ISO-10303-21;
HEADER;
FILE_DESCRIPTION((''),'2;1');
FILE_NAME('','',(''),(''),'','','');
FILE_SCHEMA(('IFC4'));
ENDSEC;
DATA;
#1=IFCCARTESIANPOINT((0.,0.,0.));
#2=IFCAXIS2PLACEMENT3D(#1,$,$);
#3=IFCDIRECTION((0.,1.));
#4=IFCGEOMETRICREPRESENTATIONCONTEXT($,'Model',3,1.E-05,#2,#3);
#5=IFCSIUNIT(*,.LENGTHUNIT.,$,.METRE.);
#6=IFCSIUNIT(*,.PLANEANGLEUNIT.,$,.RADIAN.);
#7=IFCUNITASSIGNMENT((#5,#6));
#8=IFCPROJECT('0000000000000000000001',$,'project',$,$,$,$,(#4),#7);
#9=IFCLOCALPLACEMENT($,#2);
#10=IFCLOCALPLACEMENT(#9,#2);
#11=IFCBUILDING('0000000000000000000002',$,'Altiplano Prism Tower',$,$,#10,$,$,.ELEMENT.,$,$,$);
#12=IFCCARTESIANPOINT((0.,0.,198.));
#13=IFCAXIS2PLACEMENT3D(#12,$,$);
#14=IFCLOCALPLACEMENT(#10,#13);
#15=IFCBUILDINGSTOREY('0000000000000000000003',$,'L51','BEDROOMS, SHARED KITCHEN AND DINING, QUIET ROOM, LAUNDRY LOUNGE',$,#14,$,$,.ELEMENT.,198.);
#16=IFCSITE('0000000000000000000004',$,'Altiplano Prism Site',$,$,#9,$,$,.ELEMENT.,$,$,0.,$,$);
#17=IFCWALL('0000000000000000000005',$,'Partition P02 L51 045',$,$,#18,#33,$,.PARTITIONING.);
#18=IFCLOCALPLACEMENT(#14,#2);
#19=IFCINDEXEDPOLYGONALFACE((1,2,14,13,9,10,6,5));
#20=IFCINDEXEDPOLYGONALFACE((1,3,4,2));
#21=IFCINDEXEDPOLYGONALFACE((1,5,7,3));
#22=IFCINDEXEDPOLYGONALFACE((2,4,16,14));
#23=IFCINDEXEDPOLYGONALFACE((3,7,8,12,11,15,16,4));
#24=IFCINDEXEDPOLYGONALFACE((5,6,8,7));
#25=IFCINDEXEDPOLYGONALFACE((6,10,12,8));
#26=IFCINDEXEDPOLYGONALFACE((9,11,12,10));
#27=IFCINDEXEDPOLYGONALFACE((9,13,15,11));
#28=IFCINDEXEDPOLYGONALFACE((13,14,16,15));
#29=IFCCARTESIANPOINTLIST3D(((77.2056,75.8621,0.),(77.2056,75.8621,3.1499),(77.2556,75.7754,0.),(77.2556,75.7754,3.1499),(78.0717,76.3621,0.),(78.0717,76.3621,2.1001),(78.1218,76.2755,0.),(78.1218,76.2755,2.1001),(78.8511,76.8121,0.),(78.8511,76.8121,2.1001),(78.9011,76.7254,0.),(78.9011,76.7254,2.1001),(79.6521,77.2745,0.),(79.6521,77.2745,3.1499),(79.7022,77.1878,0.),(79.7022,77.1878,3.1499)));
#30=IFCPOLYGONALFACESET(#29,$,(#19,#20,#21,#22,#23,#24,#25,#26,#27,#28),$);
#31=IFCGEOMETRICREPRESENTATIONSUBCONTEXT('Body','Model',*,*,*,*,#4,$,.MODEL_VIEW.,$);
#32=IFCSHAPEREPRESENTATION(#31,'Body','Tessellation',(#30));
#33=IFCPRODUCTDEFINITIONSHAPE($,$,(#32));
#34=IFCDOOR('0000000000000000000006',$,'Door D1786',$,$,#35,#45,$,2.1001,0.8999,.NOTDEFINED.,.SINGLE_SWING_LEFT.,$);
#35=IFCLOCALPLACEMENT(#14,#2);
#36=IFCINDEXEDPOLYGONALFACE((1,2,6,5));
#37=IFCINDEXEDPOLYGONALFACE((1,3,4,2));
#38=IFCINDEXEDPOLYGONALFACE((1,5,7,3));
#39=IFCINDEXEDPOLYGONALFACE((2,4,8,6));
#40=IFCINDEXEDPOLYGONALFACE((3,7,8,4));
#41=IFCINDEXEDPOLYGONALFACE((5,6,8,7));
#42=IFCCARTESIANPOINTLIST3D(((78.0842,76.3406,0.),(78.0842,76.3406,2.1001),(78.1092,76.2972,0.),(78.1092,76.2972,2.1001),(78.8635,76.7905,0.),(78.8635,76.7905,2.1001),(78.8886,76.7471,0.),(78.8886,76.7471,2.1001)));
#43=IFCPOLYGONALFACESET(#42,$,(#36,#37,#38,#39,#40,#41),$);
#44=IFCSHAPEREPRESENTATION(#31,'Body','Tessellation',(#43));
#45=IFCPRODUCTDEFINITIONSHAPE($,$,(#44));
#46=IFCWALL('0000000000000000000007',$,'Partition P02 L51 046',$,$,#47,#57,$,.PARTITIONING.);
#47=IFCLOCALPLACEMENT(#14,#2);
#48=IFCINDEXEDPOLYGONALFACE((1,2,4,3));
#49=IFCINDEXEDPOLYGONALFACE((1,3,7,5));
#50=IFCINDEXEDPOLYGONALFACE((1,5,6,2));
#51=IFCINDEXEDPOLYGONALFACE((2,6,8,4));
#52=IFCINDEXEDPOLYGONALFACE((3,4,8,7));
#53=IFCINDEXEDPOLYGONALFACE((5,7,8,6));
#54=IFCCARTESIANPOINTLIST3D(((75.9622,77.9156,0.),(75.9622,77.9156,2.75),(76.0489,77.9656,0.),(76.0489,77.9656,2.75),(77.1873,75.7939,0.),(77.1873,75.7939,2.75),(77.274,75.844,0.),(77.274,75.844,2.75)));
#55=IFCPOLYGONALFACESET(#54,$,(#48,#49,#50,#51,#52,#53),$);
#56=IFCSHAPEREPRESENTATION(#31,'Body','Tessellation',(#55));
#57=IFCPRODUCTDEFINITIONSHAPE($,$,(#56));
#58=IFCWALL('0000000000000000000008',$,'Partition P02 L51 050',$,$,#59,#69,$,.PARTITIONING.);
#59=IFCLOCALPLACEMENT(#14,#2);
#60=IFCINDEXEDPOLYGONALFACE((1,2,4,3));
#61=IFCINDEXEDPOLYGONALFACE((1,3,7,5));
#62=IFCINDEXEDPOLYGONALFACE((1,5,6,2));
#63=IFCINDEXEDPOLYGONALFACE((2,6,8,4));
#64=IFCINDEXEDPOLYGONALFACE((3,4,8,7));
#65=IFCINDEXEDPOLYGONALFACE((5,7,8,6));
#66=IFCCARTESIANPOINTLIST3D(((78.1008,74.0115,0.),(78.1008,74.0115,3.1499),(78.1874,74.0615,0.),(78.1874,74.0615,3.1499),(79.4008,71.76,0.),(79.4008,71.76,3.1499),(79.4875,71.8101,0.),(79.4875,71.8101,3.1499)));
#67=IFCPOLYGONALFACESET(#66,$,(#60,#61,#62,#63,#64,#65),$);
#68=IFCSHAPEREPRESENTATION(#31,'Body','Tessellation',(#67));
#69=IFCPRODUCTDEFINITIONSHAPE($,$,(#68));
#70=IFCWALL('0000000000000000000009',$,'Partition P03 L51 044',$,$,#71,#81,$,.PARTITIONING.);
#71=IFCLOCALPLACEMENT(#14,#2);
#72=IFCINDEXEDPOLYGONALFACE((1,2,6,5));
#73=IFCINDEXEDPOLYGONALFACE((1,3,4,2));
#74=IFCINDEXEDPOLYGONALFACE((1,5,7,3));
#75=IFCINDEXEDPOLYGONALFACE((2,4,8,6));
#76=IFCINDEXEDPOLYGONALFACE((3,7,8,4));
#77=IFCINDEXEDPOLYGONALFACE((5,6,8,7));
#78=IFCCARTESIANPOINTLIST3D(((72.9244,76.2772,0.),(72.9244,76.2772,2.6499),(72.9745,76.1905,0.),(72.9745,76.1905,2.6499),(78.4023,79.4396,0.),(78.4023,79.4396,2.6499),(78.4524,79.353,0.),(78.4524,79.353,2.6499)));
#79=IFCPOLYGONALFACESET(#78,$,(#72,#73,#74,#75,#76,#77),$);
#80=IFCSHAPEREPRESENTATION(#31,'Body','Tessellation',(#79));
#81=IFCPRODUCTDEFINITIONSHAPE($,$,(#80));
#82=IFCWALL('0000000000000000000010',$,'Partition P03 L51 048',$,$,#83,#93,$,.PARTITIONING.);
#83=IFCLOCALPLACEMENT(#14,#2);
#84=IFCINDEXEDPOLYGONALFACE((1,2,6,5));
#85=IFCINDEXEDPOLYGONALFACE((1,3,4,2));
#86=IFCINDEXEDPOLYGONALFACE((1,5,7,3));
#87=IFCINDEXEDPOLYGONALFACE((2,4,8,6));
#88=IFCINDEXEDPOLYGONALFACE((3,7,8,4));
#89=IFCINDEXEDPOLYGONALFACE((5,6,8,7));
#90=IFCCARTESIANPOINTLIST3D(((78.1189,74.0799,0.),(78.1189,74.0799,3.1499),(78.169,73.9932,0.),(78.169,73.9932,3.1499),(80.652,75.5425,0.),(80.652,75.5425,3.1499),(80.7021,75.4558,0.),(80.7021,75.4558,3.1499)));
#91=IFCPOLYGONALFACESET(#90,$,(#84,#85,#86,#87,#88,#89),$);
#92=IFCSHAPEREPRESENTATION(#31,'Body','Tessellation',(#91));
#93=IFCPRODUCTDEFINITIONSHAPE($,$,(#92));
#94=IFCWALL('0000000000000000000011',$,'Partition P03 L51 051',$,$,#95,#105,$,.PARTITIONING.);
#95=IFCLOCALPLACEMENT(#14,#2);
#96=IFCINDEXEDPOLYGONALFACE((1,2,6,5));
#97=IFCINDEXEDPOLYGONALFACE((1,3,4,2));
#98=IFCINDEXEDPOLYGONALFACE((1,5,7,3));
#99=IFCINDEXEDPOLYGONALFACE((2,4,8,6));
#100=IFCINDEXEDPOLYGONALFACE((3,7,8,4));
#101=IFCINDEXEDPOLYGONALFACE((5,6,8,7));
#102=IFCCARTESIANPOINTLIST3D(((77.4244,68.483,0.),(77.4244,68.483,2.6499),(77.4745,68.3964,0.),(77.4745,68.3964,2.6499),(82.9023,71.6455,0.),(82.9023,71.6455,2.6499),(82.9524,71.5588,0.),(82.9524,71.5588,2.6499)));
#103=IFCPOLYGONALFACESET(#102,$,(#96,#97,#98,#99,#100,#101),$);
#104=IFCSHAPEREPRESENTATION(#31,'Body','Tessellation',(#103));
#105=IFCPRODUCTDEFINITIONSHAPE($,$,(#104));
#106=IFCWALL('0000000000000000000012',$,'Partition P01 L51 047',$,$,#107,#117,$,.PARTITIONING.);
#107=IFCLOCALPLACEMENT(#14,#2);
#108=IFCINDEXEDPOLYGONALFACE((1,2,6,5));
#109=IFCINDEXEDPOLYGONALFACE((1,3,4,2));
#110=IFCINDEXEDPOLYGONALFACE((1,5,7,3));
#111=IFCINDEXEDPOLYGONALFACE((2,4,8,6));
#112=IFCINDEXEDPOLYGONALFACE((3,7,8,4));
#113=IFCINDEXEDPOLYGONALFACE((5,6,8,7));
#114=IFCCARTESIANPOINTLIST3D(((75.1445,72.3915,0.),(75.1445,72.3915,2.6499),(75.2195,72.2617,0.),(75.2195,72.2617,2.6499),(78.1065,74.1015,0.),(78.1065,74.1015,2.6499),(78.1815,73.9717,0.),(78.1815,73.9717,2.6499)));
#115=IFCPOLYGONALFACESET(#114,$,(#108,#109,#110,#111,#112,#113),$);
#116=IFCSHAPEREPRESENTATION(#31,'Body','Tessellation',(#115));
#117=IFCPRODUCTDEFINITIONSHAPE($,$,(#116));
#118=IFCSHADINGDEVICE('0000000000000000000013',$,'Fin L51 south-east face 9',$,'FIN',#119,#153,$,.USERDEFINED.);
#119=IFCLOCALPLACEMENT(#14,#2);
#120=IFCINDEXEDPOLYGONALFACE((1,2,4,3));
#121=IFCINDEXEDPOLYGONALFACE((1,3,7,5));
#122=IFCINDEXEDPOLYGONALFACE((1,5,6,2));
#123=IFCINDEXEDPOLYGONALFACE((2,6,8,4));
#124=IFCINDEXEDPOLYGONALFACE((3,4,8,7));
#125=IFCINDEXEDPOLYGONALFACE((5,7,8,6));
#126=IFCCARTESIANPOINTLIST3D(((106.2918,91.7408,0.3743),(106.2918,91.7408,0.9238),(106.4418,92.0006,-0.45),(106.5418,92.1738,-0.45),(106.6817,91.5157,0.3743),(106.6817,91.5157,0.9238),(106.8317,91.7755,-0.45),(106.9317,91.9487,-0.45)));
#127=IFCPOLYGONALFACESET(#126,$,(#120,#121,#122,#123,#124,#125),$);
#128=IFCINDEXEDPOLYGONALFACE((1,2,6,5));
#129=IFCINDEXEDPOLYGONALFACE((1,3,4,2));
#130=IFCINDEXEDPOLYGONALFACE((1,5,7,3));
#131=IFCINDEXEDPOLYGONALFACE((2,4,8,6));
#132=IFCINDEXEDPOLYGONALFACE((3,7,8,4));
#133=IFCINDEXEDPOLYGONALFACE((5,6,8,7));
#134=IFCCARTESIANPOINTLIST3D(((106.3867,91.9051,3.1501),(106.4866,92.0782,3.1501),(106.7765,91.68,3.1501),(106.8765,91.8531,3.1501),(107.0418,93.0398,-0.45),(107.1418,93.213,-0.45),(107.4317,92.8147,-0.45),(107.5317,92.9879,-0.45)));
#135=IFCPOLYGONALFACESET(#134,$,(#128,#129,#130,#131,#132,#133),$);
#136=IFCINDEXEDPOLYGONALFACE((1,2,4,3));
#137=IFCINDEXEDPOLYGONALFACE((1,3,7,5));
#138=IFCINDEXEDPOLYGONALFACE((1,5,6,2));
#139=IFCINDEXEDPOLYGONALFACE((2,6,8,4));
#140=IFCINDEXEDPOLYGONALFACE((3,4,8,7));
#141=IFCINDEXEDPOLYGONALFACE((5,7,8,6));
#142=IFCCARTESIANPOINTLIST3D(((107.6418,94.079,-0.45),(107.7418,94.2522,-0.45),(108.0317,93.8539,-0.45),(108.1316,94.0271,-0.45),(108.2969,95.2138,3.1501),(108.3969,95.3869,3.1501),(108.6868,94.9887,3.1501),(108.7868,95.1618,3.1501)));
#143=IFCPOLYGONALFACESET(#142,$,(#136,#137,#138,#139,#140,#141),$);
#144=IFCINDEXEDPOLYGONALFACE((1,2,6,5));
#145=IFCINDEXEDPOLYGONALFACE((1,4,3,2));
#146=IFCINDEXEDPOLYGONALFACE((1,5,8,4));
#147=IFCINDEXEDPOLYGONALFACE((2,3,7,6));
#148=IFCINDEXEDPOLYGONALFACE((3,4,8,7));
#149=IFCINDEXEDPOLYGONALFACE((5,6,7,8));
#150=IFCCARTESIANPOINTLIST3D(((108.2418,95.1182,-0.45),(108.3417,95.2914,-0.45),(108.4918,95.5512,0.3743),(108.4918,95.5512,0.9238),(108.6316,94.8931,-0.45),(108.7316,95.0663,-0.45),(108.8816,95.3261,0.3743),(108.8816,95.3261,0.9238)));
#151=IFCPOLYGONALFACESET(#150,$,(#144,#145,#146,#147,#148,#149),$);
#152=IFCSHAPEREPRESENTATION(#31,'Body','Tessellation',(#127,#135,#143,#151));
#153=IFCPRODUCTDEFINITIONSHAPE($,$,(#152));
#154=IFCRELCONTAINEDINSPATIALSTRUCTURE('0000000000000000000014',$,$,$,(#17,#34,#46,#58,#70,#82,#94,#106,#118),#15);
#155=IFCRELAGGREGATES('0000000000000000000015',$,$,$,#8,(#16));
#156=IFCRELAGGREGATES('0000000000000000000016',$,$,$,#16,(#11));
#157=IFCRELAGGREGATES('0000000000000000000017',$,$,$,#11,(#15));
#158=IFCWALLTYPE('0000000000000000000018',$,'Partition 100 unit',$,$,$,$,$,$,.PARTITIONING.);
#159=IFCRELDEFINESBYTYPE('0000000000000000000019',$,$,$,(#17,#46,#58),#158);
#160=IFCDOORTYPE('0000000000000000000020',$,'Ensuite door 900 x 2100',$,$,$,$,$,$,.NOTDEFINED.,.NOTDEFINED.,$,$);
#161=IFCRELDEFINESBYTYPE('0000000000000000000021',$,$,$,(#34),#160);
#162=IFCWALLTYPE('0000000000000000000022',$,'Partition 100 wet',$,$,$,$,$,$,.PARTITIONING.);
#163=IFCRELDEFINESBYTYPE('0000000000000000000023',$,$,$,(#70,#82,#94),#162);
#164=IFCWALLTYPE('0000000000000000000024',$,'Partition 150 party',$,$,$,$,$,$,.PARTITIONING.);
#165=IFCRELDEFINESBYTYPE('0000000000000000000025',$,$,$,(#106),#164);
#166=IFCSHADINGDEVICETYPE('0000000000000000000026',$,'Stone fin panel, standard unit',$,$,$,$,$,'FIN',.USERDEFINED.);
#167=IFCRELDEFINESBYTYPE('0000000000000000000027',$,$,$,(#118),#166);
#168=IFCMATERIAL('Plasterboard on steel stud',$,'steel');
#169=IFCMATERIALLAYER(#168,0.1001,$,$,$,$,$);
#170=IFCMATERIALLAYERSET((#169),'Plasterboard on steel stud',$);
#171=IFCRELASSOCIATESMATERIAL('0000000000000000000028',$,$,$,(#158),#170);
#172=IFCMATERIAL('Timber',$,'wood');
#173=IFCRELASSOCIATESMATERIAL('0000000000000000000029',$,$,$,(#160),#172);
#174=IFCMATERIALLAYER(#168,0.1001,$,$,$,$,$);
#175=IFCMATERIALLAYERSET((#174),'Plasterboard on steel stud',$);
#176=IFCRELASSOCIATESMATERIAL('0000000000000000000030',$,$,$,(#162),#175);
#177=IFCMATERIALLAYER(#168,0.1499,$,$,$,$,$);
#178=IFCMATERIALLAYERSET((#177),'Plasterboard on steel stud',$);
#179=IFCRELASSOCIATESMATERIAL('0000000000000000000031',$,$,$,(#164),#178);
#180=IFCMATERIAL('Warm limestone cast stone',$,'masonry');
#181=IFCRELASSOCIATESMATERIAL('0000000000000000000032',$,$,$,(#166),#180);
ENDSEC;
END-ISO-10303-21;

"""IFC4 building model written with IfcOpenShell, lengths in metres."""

from ifc_helpers import new_model, si_unit, direction, frame, frame_2d, origin, place, context, subcontext, project, spatial, polyline, rectangle, outline, extrude, source, transform, mapped, material, layer, layer_set, type_object, element, fill, save


model = new_model("IFC4")

# Units and contexts
model_context = context("Model", 3, precision=1e-05, world=origin(), true_north=direction((0.0, 1.0)))
body_context = subcontext(model_context, "Body", "Model", "MODEL_VIEW")
ifc_project = project(units=[si_unit("LENGTHUNIT", "METRE"), si_unit("PLANEANGLEUNIT", "RADIAN")], contexts=[model_context])

# Site, building, storey
site_placement = place(None, origin())
site = spatial("IfcSite", under=ifc_project, at=site_placement, Name="Altiplano Prism Site", CompositionType="ELEMENT", RefElevation=0.0)
building_placement = place(site_placement, origin())
building = spatial("IfcBuilding", under=site, at=building_placement, Name="Altiplano Prism Tower", CompositionType="ELEMENT")
storey_placement = place(building_placement, frame((0.0, 0.0, 198.0)))
storey = spatial("IfcBuildingStorey", under=building, at=storey_placement, Name="L51", Description="BEDROOMS, SHARED KITCHEN AND DINING, QUIET ROOM, LAUNDRY LOUNGE", CompositionType="ELEMENT", Elevation=198.0)

# Wall, opening, door
ifc_material_1 = material(Name="Plasterboard on steel stud", Category="steel")
ifc_layer_1 = layer(ifc_material_1, 0.1001)
ifc_layer_set_1 = layer_set([ifc_layer_1], Name="Plasterboard on steel stud")
wall_type_1 = type_object("IfcWallType", Name="Partition 100 unit", PredefinedType="PARTITIONING", material=ifc_layer_set_1)
wall_1_placement = place(storey_placement, frame((79.6772, 77.2312, 0.0), z_axis=(0.0, 0.0, 1.0), x_axis=(-0.866049, -0.499959, 0.0)))
wall_1 = element("IfcWall", 1, at=wall_1_placement, inside=storey, type_object=wall_type_1, Name="Partition P02 L51 045", PredefinedType="PARTITIONING", context=body_context, shape_type="SweptSolid", body=[
    extrude(rectangle(XDim=2.825, YDim=0.1001, at=frame_2d((1.4126, 0.0))), origin(), (0.0, 0.0, 1.0), 3.1499),
])
opening_placement = place(wall_1_placement, frame((0.925, 0.0, 0.0)))
opening = element("IfcOpeningElement", 2, at=opening_placement, cuts=wall_1, PredefinedType="OPENING", context=body_context, shape_type="SweptSolid", body=[
    extrude(rectangle(XDim=0.8999, YDim=2.1001, at=frame_2d((0.45, 1.05))), frame((0.0, 0.0605, 0.0), z_axis=(0.0, -1.0, 0.0), x_axis=(1.0, 0.0, 0.0)), (0.0, 0.0, 1.0), 0.1211),
])
ifc_material_2 = material(Name="Timber", Category="wood")
door_type = type_object("IfcDoorType", Name="Ensuite door 900 x 2100", OperationType="NOTDEFINED", PredefinedType="NOTDEFINED", material=ifc_material_2)
door_placement = place(opening_placement, origin())
door = element("IfcDoor", 3, at=door_placement, inside=storey, type_object=door_type, Name="Door D1786", OperationType="SINGLE_SWING_LEFT", OverallHeight=2.1001, OverallWidth=0.8999, PredefinedType="NOTDEFINED", context=body_context, shape_type="SweptSolid", body=[
    extrude(rectangle(XDim=0.8999, YDim=2.1001, at=frame_2d((0.45, 1.05))), frame((0.0, 0.0249, 0.0), z_axis=(0.0, -1.0, 0.0), x_axis=(1.0, 0.0, 0.0)), (0.0, 0.0, 1.0), 0.05),
])
fill(opening, door)

# Walls
wall_2_placement = place(storey_placement, frame((77.2307, 75.8188, 0.0), z_axis=(0.0, 0.0, 1.0), x_axis=(-0.500062, 0.86599, 0.0)))
element("IfcWall", 4, at=wall_2_placement, inside=storey, type_object=wall_type_1, Name="Partition P02 L51 046", PredefinedType="PARTITIONING", context=body_context, shape_type="SweptSolid", body=[
    extrude(rectangle(XDim=2.45, YDim=0.1001, at=frame_2d((1.2251, 0.0))), origin(), (0.0, 0.0, 1.0), 2.75),
])
wall_3_placement = place(storey_placement, frame((79.4441, 71.7852, 0.0), z_axis=(0.0, 0.0, 1.0), x_axis=(-0.500048, 0.865998, 0.0)))
element("IfcWall", 5, at=wall_3_placement, inside=storey, type_object=wall_type_1, Name="Partition P02 L51 050", PredefinedType="PARTITIONING", context=body_context, shape_type="SweptSolid", body=[
    extrude(rectangle(XDim=2.5999, YDim=0.1001, at=frame_2d((1.2998, 0.0))), origin(), (0.0, 0.0, 1.0), 3.1499),
])
ifc_layer_2 = layer(ifc_material_1, 0.1001)
ifc_layer_set_2 = layer_set([ifc_layer_2], Name="Plasterboard on steel stud")
wall_type_2 = type_object("IfcWallType", Name="Partition 100 wet", PredefinedType="PARTITIONING", material=ifc_layer_set_2)
wall_4_placement = place(storey_placement, frame((72.9495, 76.2339, 0.0), z_axis=(0.0, 0.0, 1.0), x_axis=(0.866042, 0.499971, 0.0)))
element("IfcWall", 6, at=wall_4_placement, inside=storey, type_object=wall_type_2, Name="Partition P03 L51 044", PredefinedType="PARTITIONING", context=body_context, shape_type="SweptSolid", body=[
    extrude(rectangle(XDim=6.3252, YDim=0.1001, at=frame_2d((3.1626, 0.0))), origin(), (0.0, 0.0, 1.0), 2.6499),
])
wall_5_placement = place(storey_placement, frame((78.144, 74.0366, 0.0), z_axis=(0.0, 0.0, 1.0), x_axis=(0.86601, 0.500026, 0.0)))
element("IfcWall", 7, at=wall_5_placement, inside=storey, type_object=wall_type_2, Name="Partition P03 L51 048", PredefinedType="PARTITIONING", context=body_context, shape_type="SweptSolid", body=[
    extrude(rectangle(XDim=2.925, YDim=0.1001, at=frame_2d((1.4624, 0.0))), origin(), (0.0, 0.0, 1.0), 3.1499),
])
wall_6_placement = place(storey_placement, frame((77.4495, 68.4397, 0.0), z_axis=(0.0, 0.0, 1.0), x_axis=(0.866042, 0.499971, 0.0)))
element("IfcWall", 8, at=wall_6_placement, inside=storey, type_object=wall_type_2, Name="Partition P03 L51 051", PredefinedType="PARTITIONING", context=body_context, shape_type="SweptSolid", body=[
    extrude(rectangle(XDim=6.3252, YDim=0.1001, at=frame_2d((3.1626, 0.0))), origin(), (0.0, 0.0, 1.0), 2.6499),
])
ifc_layer_3 = layer(ifc_material_1, 0.1499)
ifc_layer_set_3 = layer_set([ifc_layer_3], Name="Plasterboard on steel stud")
wall_type_3 = type_object("IfcWallType", Name="Partition 150 party", PredefinedType="PARTITIONING", material=ifc_layer_set_3)
wall_7_placement = place(storey_placement, frame((75.1821, 72.3267, 0.0), z_axis=(0.0, 0.0, 1.0), x_axis=(0.866038, 0.499978, 0.0)))
element("IfcWall", 9, at=wall_7_placement, inside=storey, type_object=wall_type_3, Name="Partition P01 L51 047", PredefinedType="PARTITIONING", context=body_context, shape_type="SweptSolid", body=[
    extrude(rectangle(XDim=3.4202, YDim=0.1499, at=frame_2d((1.71, 0.0))), origin(), (0.0, 0.0, 1.0), 2.6499),
])

# Shading device
ifc_material_3 = material(Name="Warm limestone cast stone", Category="masonry")
shading_device_type_1 = type_object("IfcShadingDeviceType", Name="Stone fin panel, standard unit", ElementType="FIN", PredefinedType="USERDEFINED", material=ifc_material_3)
shared_shape_1 = source(origin(), body_context, "Body", "SweptSolid", [
    extrude(outline(polyline([(-2.2, 1.3738), (-2.2, 0.8242), (-1.8999, 0.0), (-1.7, 0.0), (-2.2, 1.3738)])), frame((0.0, -0.1499, 0.0), z_axis=(0.0, -1.0, 0.0), x_axis=(1.0, 0.0, 0.0)), (0.0, 0.0, 1.0), 0.4502),
    extrude(outline(polyline([(-2.0103, 3.6001), (-0.7, 0.0), (-0.5, 0.0), (-1.8103, 3.6001), (-2.0103, 3.6001)])), frame((0.0, -0.1499, 0.0), z_axis=(0.0, -1.0, 0.0), x_axis=(1.0, 0.0, 0.0)), (0.0, 0.0, 1.0), 0.4502),
    extrude(outline(polyline([(1.8103, 3.6001), (0.5, 0.0), (0.7, 0.0), (2.0103, 3.6001), (1.8103, 3.6001)])), frame((0.0, -0.1499, 0.0), z_axis=(0.0, -1.0, 0.0), x_axis=(1.0, 0.0, 0.0)), (0.0, 0.0, 1.0), 0.4502),
    extrude(outline(polyline([(2.2, 0.8242), (2.2, 1.3738), (1.7, 0.0), (1.8999, 0.0), (2.2, 0.8242)])), frame((0.0, -0.1499, 0.0), z_axis=(0.0, -1.0, 0.0), x_axis=(1.0, 0.0, 0.0)), (0.0, 0.0, 1.0), 0.4502),
])
shading_device_1_placement = place(storey_placement, origin())
element("IfcShadingDevice", 10, at=shading_device_1_placement, inside=storey, type_object=shading_device_type_1, Name="Fin L51 south-east face 9", ObjectType="FIN", PredefinedType="USERDEFINED", context=body_context, shape_type="MappedRepresentation", body=[
    mapped(shared_shape_1, transform((107.262, 93.7209, -0.45), x_axis=(0.5, 0.866025, 0.0), y_axis=(-0.866025, 0.5, 0.0), z_axis=(0.0, 0.0, 1.0))),
])

save(model, "model.ifc")
